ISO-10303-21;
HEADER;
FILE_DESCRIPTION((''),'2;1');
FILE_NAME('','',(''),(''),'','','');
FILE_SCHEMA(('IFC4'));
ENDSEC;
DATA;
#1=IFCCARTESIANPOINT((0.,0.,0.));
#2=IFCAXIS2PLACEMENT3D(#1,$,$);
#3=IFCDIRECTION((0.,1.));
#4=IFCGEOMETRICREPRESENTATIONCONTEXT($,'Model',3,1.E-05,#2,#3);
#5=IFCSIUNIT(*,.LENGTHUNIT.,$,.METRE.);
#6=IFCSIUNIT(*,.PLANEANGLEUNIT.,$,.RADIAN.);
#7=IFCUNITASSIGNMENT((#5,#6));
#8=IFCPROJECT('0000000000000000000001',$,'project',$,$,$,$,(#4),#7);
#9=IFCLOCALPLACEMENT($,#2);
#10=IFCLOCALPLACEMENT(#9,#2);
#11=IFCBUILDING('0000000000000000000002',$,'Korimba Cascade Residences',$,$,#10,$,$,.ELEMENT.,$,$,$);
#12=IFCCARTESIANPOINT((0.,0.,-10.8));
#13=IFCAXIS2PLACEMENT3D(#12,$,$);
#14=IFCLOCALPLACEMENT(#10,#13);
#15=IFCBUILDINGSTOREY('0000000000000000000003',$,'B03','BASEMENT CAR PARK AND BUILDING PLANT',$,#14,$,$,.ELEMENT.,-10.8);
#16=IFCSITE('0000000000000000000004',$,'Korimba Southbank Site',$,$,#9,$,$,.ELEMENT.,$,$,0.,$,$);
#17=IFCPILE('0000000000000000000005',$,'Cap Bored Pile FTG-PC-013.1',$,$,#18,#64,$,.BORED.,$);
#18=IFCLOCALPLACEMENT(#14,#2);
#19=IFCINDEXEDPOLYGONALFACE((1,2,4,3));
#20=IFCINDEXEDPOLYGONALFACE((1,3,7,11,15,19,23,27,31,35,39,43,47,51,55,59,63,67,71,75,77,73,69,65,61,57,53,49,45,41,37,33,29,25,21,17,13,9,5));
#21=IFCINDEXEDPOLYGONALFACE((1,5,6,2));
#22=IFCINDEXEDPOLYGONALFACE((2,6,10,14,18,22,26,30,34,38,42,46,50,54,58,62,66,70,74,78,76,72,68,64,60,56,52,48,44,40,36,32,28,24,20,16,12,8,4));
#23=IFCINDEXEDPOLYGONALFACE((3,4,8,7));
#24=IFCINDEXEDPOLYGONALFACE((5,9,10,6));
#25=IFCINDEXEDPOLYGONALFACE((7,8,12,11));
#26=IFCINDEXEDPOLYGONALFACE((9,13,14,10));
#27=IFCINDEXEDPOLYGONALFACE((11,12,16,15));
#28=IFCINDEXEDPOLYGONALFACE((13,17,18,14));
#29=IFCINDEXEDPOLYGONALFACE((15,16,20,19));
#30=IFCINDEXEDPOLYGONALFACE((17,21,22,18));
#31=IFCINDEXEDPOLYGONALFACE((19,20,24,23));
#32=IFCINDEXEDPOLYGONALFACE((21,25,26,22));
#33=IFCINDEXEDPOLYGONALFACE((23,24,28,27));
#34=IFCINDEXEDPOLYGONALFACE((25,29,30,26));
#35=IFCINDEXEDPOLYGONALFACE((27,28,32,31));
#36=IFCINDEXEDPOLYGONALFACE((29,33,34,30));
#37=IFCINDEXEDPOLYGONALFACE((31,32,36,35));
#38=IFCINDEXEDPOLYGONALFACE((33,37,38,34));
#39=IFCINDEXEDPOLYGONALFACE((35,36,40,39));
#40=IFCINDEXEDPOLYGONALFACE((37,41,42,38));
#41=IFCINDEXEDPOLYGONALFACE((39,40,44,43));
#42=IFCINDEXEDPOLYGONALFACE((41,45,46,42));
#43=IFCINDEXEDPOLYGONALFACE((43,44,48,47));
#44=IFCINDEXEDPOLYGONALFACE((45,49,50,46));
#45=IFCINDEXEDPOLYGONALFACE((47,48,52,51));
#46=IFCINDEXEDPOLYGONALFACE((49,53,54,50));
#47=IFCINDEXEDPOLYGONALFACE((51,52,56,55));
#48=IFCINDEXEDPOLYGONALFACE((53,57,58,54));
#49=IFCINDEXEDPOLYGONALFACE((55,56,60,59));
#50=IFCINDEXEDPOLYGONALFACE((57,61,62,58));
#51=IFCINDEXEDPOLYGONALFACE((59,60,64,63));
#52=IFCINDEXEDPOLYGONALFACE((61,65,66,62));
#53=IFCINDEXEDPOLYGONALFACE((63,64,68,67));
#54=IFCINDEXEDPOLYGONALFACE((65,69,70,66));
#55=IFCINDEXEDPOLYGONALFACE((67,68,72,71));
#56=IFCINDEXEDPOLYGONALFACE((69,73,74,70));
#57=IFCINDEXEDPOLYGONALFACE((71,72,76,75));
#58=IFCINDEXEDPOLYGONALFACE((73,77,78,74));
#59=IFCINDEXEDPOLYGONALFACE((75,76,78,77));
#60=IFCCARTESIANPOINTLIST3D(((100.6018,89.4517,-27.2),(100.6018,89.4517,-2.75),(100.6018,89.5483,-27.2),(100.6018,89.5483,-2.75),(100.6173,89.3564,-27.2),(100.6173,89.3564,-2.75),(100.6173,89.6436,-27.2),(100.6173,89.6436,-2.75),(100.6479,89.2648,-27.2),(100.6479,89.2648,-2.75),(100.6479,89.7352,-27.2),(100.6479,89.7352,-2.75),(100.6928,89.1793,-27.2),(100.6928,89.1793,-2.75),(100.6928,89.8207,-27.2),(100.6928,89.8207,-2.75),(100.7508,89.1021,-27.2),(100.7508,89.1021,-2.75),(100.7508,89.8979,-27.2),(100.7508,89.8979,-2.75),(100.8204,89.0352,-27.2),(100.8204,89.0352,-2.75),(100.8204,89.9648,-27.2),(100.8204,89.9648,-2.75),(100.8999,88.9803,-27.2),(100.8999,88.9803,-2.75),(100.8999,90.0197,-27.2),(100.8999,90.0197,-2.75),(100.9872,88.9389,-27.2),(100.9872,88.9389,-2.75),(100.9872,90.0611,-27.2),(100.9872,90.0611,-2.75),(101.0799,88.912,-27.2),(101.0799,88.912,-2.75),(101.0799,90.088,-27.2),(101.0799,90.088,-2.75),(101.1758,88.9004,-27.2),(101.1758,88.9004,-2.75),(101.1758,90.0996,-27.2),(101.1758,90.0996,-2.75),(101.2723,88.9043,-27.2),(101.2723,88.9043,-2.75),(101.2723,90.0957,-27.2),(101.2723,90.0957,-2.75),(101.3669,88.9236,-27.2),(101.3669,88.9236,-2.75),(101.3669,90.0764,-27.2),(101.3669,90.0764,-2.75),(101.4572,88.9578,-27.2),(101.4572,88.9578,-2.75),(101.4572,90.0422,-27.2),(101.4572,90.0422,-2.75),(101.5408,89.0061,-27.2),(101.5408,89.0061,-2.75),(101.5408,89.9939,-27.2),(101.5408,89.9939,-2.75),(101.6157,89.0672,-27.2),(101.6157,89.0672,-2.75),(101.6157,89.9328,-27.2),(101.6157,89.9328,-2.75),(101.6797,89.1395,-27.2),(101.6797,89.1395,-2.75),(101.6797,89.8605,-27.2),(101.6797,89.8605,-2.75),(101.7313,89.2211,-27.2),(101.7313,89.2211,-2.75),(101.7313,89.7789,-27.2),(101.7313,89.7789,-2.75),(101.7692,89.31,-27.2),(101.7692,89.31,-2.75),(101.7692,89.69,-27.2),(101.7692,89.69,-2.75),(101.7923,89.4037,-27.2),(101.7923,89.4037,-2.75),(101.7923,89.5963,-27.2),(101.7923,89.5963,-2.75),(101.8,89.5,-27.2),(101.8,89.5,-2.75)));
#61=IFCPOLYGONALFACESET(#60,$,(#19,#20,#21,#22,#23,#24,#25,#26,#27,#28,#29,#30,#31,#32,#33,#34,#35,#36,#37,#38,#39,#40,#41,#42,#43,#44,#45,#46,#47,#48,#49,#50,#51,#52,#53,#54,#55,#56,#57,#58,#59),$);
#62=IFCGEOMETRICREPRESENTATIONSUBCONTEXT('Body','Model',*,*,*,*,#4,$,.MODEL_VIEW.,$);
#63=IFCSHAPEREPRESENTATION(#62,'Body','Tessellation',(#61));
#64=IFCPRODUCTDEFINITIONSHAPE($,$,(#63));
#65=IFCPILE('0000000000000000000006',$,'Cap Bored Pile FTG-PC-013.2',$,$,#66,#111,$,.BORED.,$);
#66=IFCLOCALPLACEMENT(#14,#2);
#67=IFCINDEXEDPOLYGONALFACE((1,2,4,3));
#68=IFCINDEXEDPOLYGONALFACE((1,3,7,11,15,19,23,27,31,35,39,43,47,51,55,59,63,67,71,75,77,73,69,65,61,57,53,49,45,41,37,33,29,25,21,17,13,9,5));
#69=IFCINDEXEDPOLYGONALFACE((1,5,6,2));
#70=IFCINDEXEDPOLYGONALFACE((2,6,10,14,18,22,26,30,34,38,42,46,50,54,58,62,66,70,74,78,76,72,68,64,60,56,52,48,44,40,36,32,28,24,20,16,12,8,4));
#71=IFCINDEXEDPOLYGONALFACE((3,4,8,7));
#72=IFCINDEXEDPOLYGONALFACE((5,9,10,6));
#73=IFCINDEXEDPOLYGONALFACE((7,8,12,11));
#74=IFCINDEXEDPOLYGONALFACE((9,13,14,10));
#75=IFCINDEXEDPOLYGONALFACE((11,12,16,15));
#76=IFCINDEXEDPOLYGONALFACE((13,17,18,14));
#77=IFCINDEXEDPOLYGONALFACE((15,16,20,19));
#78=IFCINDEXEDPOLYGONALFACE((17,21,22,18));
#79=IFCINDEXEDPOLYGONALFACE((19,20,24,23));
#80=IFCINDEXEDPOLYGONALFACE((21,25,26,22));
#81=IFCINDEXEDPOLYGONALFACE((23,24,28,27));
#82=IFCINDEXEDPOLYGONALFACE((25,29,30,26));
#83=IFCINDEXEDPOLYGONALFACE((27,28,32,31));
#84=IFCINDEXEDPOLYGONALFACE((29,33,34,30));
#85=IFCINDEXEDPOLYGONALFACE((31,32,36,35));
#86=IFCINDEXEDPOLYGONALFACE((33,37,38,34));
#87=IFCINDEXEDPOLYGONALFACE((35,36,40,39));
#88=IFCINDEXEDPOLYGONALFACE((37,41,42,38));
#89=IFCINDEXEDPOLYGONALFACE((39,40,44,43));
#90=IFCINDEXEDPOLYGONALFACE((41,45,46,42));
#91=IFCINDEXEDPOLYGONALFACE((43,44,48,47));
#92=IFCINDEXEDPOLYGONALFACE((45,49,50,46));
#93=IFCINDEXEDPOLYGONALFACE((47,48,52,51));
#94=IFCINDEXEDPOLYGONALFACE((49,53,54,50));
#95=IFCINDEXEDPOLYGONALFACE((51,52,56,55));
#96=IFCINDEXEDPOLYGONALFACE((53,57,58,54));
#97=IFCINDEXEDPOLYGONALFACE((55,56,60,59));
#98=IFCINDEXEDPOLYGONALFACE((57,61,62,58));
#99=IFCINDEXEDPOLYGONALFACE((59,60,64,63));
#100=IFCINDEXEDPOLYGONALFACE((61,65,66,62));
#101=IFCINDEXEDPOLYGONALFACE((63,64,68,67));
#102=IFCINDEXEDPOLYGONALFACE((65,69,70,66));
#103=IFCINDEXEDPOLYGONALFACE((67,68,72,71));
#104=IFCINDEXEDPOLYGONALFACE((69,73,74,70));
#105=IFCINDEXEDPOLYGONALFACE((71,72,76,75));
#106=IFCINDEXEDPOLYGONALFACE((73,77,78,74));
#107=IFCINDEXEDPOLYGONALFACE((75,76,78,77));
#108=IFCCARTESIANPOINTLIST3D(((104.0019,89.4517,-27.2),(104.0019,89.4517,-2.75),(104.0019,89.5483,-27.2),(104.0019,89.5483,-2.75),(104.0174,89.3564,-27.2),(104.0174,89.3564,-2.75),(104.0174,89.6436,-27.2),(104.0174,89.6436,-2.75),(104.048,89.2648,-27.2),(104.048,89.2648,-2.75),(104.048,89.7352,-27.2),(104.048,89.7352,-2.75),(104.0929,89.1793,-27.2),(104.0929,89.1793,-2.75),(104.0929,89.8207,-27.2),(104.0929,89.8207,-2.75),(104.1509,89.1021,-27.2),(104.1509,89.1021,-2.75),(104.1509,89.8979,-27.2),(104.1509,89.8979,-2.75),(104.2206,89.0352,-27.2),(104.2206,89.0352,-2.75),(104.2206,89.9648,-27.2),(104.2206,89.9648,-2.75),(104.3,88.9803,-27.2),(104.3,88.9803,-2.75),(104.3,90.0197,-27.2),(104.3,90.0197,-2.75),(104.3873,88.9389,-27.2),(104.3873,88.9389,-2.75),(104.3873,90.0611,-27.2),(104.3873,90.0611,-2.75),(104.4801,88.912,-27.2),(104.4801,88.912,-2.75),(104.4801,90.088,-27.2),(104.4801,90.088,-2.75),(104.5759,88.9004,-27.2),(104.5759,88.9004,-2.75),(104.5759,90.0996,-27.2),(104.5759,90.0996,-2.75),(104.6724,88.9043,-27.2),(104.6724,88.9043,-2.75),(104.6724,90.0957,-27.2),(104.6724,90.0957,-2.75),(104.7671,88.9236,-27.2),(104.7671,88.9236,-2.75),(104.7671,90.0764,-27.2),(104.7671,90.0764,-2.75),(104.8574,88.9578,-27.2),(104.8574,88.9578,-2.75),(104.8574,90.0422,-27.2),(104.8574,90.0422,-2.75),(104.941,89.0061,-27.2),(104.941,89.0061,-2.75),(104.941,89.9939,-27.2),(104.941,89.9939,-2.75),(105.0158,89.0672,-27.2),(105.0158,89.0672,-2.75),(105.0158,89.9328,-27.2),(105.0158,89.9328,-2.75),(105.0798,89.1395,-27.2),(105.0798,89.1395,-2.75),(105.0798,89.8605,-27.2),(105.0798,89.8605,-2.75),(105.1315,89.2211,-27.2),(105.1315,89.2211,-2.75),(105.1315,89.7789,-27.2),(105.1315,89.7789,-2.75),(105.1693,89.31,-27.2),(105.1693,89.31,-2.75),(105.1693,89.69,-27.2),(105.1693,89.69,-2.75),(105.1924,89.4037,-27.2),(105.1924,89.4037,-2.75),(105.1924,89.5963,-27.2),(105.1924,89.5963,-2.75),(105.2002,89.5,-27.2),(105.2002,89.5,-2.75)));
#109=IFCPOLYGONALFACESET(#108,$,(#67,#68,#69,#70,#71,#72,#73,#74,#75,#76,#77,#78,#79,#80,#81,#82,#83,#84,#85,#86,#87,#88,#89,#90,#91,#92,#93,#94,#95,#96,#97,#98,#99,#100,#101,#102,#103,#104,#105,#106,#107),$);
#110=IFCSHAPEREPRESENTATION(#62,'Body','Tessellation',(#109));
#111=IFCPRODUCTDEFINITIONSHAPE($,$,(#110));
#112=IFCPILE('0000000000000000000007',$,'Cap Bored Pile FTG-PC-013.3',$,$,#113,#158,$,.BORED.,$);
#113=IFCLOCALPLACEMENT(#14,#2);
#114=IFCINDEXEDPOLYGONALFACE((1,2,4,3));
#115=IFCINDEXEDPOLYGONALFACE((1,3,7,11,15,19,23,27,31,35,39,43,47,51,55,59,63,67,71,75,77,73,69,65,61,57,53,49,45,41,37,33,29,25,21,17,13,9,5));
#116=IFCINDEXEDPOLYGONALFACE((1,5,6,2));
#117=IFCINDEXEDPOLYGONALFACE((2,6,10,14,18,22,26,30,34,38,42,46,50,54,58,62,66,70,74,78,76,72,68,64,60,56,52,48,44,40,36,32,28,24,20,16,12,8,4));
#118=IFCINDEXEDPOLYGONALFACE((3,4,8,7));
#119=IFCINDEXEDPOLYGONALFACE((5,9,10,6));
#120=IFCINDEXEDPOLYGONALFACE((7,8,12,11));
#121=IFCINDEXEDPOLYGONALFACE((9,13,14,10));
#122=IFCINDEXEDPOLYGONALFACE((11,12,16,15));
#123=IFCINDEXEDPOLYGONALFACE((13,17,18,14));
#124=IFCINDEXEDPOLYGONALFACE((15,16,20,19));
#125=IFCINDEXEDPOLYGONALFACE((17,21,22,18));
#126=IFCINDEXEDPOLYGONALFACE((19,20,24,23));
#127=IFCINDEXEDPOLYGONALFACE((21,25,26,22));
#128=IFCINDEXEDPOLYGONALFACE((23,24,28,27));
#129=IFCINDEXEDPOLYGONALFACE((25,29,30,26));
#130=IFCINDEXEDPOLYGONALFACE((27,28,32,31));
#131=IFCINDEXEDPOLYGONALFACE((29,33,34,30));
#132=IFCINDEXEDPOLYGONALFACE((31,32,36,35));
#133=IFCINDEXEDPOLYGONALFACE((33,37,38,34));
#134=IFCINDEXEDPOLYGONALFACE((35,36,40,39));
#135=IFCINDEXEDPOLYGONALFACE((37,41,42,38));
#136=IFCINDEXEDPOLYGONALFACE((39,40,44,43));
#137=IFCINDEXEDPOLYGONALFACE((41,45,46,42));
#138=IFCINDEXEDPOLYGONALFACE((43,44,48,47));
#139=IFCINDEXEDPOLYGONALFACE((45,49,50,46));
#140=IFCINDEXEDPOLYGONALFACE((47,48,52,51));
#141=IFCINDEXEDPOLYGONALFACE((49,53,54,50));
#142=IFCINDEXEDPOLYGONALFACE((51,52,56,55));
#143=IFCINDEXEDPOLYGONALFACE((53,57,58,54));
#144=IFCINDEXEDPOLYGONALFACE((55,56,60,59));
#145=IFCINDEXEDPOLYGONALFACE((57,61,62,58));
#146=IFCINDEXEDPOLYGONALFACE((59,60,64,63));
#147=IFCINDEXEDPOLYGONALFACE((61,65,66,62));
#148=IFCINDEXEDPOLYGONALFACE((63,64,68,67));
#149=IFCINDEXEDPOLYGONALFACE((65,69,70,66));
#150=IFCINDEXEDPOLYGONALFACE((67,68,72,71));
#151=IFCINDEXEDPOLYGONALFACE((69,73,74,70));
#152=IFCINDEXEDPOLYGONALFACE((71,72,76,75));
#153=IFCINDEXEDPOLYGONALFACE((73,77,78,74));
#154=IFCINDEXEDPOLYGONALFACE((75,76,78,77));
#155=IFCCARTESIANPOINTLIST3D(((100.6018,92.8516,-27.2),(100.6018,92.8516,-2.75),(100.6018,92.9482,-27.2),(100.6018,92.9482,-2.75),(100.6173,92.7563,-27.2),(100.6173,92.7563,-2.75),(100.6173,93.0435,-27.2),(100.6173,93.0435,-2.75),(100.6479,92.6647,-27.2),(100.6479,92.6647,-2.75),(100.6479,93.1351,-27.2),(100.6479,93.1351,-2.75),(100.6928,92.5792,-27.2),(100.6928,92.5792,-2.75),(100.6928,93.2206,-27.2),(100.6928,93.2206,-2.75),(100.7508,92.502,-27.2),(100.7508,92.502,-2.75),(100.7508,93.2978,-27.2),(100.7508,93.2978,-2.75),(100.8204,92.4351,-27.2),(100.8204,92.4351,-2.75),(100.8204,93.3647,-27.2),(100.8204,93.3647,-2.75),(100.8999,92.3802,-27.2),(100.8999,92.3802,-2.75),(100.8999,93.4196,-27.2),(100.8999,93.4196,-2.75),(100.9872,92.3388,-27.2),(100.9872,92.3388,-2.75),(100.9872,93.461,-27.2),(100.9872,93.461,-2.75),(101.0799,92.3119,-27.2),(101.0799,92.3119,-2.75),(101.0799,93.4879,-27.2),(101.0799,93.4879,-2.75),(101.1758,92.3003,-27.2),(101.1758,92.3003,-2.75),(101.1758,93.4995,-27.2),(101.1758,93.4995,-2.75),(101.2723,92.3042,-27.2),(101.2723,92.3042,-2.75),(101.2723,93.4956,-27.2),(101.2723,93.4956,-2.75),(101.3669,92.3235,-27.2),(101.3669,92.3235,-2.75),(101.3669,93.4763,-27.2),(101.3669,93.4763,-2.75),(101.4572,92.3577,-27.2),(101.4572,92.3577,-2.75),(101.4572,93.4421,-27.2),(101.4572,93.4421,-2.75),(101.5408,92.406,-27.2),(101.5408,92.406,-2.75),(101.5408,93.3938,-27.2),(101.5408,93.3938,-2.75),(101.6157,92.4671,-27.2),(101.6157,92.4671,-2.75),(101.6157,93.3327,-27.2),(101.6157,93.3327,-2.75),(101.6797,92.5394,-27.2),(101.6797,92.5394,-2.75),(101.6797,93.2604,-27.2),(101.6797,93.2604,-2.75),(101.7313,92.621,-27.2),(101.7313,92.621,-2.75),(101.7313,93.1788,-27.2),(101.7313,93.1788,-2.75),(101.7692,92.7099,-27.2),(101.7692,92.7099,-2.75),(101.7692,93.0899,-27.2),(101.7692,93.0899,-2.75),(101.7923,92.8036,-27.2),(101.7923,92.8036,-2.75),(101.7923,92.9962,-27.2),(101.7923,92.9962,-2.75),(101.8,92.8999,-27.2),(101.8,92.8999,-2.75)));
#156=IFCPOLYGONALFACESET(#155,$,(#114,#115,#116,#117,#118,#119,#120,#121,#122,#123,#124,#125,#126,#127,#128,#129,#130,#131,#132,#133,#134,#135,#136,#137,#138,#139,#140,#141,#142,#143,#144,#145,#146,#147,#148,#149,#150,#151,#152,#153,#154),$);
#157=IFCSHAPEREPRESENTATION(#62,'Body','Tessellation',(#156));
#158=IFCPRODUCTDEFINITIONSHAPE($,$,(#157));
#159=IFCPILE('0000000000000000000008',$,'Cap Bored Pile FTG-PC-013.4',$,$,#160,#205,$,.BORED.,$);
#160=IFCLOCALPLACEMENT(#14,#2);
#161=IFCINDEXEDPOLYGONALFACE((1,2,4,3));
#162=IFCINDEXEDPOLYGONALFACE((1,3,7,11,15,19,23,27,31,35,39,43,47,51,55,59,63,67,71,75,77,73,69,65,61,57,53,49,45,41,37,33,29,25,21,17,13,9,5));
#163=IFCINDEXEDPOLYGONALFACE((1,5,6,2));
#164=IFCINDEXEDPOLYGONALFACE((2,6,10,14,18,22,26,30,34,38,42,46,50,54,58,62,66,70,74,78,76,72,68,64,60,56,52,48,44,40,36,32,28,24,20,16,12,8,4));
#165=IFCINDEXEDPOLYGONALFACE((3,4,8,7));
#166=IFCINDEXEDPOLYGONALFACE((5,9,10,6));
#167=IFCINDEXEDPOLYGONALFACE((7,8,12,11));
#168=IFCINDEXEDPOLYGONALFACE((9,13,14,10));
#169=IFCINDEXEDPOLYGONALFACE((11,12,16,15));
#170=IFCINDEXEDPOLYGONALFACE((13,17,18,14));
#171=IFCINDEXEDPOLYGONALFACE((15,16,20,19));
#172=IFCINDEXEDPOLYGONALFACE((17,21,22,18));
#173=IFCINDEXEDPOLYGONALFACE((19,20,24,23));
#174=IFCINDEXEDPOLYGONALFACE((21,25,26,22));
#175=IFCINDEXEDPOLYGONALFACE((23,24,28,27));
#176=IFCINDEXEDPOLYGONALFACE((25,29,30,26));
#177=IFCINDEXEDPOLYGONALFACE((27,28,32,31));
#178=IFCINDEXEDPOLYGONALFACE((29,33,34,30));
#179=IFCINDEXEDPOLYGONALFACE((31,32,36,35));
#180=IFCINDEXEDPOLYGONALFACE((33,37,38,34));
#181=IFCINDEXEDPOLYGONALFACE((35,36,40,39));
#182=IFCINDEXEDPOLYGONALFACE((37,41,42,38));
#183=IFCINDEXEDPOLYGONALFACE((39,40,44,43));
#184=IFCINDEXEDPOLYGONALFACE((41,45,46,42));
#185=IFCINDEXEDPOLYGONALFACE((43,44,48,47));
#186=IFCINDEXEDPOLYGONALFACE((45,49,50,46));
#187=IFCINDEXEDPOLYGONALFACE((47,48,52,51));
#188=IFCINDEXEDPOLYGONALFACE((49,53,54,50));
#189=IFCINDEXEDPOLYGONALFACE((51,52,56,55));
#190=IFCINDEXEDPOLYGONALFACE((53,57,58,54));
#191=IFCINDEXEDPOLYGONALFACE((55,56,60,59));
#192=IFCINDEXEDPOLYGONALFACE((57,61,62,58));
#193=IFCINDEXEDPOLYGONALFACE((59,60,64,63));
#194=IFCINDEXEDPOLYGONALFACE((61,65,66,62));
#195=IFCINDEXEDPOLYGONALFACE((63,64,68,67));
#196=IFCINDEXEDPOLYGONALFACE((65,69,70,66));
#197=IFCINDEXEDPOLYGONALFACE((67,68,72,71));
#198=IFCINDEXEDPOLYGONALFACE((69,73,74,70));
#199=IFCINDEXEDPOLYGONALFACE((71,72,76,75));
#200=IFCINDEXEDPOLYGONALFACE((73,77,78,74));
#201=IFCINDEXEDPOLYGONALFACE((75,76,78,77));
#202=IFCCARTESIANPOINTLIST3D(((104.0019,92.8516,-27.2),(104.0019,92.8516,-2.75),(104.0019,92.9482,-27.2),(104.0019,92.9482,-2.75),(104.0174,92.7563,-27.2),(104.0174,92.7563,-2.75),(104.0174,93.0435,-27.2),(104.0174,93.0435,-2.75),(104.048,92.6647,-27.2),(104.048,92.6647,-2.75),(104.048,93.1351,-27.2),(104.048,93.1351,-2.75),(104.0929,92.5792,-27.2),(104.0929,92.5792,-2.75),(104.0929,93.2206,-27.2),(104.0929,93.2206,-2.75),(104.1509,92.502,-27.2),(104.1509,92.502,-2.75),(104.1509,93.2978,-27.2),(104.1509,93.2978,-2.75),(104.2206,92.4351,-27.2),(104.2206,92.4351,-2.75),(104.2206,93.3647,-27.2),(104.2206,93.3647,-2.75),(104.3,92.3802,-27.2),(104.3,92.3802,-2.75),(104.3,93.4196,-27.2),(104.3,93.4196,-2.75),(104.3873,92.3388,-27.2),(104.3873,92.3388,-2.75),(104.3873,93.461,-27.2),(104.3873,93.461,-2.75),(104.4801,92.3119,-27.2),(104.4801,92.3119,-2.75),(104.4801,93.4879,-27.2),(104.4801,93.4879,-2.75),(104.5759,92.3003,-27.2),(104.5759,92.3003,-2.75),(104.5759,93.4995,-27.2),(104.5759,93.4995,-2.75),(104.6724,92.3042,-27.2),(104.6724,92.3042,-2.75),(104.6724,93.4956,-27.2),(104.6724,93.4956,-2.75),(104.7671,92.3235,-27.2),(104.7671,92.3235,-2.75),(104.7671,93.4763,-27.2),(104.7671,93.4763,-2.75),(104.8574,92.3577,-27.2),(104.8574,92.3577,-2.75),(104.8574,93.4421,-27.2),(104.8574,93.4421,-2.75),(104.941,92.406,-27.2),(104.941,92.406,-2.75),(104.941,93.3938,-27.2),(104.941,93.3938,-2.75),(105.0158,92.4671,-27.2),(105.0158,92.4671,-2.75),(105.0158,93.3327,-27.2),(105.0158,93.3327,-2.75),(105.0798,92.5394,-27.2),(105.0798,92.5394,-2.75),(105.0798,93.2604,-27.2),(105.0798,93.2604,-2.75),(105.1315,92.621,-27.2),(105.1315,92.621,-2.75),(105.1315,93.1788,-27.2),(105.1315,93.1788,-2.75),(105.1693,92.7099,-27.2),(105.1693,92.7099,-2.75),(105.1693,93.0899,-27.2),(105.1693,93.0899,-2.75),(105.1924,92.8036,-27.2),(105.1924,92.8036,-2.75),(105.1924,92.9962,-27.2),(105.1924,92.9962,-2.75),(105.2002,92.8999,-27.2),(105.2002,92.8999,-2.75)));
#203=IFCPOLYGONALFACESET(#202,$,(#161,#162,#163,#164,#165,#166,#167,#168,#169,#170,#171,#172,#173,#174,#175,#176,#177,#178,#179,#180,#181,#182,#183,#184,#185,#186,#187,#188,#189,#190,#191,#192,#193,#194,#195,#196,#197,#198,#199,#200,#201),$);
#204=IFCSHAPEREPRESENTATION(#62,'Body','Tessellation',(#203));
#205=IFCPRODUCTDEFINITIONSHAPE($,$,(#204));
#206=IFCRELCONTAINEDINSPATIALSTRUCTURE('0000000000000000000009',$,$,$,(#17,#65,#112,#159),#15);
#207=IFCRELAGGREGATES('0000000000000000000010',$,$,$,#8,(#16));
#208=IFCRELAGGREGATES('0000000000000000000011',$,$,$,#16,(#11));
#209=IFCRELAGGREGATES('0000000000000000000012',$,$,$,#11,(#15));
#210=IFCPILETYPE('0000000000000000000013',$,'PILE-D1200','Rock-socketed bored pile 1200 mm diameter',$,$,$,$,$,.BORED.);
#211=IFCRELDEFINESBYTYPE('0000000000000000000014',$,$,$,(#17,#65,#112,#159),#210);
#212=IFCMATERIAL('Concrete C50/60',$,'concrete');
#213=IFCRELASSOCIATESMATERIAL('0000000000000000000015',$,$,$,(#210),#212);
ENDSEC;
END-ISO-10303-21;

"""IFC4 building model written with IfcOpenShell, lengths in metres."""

from ifc_helpers import new_model, si_unit, direction, frame, origin, origin_2d, place, context, subcontext, project, spatial, circle, extrude, material, material_profile, profile_set, type_object, element, save


model = new_model("IFC4")

# Units and contexts
model_context = context("Model", 3, precision=1e-05, world=origin(), true_north=direction((0.0, 1.0)))
body_context = subcontext(model_context, "Body", "Model", "MODEL_VIEW")
ifc_project = project(units=[si_unit("LENGTHUNIT", "METRE"), si_unit("PLANEANGLEUNIT", "RADIAN")], contexts=[model_context])

# Site, building, storey
site_placement = place(None, origin())
site = spatial("IfcSite", under=ifc_project, at=site_placement, Name="Korimba Southbank Site", CompositionType="ELEMENT", RefElevation=0.0)
building_placement = place(site_placement, origin())
building = spatial("IfcBuilding", under=site, at=building_placement, Name="Korimba Cascade Residences", CompositionType="ELEMENT")
storey_placement = place(building_placement, frame((0.0, 0.0, -10.8)))
storey = spatial("IfcBuildingStorey", under=building, at=storey_placement, Name="B03", Description="BASEMENT CAR PARK AND BUILDING PLANT", CompositionType="ELEMENT", Elevation=-10.8)

# Piles
ifc_material_1 = material(Name="Concrete C50/60", Category="concrete")
ifc_material_profile_1 = material_profile(ifc_material_1, circle(Radius=0.6001, at=origin_2d()), Name="Concrete C50/60")
ifc_profile_set_1 = profile_set([ifc_material_profile_1], Name="Concrete C50/60")
pile_type = type_object("IfcPileType", Name="PILE-D1200", Description="Rock-socketed bored pile 1200 mm diameter", PredefinedType="BORED", material=ifc_profile_set_1)
for number, where, z_axis, x_axis, name in (
    (1, (101.2, 89.5, -2.75), (0.0, 0.0, -1.0), (1.0, 0.0, 0.0), "Cap Bored Pile FTG-PC-013.1"),
    (2, (104.6001, 89.5, -2.75), (0.0, 0.0, -1.0), (1.0, 0.0, 0.0), "Cap Bored Pile FTG-PC-013.2"),
    (3, (101.2, 92.8999, -2.75), (0.0, 0.0, -1.0), (1.0, 0.0, 0.0), "Cap Bored Pile FTG-PC-013.3"),
    (4, (104.6001, 92.8999, -2.75), (0.0, 0.0, -1.0), (1.0, 0.0, 0.0), "Cap Bored Pile FTG-PC-013.4"),
):
    element("IfcPile", number, at=place(storey_placement, frame(where, z_axis=z_axis, x_axis=x_axis)), inside=storey, type_object=pile_type, Name=name, PredefinedType="BORED", context=body_context, shape_type="SweptSolid", body=[
        extrude(circle(Radius=0.6001, at=origin_2d()), origin(), (0.0, 0.0, 1.0), 24.45),
    ])

save(model, "model.ifc")
